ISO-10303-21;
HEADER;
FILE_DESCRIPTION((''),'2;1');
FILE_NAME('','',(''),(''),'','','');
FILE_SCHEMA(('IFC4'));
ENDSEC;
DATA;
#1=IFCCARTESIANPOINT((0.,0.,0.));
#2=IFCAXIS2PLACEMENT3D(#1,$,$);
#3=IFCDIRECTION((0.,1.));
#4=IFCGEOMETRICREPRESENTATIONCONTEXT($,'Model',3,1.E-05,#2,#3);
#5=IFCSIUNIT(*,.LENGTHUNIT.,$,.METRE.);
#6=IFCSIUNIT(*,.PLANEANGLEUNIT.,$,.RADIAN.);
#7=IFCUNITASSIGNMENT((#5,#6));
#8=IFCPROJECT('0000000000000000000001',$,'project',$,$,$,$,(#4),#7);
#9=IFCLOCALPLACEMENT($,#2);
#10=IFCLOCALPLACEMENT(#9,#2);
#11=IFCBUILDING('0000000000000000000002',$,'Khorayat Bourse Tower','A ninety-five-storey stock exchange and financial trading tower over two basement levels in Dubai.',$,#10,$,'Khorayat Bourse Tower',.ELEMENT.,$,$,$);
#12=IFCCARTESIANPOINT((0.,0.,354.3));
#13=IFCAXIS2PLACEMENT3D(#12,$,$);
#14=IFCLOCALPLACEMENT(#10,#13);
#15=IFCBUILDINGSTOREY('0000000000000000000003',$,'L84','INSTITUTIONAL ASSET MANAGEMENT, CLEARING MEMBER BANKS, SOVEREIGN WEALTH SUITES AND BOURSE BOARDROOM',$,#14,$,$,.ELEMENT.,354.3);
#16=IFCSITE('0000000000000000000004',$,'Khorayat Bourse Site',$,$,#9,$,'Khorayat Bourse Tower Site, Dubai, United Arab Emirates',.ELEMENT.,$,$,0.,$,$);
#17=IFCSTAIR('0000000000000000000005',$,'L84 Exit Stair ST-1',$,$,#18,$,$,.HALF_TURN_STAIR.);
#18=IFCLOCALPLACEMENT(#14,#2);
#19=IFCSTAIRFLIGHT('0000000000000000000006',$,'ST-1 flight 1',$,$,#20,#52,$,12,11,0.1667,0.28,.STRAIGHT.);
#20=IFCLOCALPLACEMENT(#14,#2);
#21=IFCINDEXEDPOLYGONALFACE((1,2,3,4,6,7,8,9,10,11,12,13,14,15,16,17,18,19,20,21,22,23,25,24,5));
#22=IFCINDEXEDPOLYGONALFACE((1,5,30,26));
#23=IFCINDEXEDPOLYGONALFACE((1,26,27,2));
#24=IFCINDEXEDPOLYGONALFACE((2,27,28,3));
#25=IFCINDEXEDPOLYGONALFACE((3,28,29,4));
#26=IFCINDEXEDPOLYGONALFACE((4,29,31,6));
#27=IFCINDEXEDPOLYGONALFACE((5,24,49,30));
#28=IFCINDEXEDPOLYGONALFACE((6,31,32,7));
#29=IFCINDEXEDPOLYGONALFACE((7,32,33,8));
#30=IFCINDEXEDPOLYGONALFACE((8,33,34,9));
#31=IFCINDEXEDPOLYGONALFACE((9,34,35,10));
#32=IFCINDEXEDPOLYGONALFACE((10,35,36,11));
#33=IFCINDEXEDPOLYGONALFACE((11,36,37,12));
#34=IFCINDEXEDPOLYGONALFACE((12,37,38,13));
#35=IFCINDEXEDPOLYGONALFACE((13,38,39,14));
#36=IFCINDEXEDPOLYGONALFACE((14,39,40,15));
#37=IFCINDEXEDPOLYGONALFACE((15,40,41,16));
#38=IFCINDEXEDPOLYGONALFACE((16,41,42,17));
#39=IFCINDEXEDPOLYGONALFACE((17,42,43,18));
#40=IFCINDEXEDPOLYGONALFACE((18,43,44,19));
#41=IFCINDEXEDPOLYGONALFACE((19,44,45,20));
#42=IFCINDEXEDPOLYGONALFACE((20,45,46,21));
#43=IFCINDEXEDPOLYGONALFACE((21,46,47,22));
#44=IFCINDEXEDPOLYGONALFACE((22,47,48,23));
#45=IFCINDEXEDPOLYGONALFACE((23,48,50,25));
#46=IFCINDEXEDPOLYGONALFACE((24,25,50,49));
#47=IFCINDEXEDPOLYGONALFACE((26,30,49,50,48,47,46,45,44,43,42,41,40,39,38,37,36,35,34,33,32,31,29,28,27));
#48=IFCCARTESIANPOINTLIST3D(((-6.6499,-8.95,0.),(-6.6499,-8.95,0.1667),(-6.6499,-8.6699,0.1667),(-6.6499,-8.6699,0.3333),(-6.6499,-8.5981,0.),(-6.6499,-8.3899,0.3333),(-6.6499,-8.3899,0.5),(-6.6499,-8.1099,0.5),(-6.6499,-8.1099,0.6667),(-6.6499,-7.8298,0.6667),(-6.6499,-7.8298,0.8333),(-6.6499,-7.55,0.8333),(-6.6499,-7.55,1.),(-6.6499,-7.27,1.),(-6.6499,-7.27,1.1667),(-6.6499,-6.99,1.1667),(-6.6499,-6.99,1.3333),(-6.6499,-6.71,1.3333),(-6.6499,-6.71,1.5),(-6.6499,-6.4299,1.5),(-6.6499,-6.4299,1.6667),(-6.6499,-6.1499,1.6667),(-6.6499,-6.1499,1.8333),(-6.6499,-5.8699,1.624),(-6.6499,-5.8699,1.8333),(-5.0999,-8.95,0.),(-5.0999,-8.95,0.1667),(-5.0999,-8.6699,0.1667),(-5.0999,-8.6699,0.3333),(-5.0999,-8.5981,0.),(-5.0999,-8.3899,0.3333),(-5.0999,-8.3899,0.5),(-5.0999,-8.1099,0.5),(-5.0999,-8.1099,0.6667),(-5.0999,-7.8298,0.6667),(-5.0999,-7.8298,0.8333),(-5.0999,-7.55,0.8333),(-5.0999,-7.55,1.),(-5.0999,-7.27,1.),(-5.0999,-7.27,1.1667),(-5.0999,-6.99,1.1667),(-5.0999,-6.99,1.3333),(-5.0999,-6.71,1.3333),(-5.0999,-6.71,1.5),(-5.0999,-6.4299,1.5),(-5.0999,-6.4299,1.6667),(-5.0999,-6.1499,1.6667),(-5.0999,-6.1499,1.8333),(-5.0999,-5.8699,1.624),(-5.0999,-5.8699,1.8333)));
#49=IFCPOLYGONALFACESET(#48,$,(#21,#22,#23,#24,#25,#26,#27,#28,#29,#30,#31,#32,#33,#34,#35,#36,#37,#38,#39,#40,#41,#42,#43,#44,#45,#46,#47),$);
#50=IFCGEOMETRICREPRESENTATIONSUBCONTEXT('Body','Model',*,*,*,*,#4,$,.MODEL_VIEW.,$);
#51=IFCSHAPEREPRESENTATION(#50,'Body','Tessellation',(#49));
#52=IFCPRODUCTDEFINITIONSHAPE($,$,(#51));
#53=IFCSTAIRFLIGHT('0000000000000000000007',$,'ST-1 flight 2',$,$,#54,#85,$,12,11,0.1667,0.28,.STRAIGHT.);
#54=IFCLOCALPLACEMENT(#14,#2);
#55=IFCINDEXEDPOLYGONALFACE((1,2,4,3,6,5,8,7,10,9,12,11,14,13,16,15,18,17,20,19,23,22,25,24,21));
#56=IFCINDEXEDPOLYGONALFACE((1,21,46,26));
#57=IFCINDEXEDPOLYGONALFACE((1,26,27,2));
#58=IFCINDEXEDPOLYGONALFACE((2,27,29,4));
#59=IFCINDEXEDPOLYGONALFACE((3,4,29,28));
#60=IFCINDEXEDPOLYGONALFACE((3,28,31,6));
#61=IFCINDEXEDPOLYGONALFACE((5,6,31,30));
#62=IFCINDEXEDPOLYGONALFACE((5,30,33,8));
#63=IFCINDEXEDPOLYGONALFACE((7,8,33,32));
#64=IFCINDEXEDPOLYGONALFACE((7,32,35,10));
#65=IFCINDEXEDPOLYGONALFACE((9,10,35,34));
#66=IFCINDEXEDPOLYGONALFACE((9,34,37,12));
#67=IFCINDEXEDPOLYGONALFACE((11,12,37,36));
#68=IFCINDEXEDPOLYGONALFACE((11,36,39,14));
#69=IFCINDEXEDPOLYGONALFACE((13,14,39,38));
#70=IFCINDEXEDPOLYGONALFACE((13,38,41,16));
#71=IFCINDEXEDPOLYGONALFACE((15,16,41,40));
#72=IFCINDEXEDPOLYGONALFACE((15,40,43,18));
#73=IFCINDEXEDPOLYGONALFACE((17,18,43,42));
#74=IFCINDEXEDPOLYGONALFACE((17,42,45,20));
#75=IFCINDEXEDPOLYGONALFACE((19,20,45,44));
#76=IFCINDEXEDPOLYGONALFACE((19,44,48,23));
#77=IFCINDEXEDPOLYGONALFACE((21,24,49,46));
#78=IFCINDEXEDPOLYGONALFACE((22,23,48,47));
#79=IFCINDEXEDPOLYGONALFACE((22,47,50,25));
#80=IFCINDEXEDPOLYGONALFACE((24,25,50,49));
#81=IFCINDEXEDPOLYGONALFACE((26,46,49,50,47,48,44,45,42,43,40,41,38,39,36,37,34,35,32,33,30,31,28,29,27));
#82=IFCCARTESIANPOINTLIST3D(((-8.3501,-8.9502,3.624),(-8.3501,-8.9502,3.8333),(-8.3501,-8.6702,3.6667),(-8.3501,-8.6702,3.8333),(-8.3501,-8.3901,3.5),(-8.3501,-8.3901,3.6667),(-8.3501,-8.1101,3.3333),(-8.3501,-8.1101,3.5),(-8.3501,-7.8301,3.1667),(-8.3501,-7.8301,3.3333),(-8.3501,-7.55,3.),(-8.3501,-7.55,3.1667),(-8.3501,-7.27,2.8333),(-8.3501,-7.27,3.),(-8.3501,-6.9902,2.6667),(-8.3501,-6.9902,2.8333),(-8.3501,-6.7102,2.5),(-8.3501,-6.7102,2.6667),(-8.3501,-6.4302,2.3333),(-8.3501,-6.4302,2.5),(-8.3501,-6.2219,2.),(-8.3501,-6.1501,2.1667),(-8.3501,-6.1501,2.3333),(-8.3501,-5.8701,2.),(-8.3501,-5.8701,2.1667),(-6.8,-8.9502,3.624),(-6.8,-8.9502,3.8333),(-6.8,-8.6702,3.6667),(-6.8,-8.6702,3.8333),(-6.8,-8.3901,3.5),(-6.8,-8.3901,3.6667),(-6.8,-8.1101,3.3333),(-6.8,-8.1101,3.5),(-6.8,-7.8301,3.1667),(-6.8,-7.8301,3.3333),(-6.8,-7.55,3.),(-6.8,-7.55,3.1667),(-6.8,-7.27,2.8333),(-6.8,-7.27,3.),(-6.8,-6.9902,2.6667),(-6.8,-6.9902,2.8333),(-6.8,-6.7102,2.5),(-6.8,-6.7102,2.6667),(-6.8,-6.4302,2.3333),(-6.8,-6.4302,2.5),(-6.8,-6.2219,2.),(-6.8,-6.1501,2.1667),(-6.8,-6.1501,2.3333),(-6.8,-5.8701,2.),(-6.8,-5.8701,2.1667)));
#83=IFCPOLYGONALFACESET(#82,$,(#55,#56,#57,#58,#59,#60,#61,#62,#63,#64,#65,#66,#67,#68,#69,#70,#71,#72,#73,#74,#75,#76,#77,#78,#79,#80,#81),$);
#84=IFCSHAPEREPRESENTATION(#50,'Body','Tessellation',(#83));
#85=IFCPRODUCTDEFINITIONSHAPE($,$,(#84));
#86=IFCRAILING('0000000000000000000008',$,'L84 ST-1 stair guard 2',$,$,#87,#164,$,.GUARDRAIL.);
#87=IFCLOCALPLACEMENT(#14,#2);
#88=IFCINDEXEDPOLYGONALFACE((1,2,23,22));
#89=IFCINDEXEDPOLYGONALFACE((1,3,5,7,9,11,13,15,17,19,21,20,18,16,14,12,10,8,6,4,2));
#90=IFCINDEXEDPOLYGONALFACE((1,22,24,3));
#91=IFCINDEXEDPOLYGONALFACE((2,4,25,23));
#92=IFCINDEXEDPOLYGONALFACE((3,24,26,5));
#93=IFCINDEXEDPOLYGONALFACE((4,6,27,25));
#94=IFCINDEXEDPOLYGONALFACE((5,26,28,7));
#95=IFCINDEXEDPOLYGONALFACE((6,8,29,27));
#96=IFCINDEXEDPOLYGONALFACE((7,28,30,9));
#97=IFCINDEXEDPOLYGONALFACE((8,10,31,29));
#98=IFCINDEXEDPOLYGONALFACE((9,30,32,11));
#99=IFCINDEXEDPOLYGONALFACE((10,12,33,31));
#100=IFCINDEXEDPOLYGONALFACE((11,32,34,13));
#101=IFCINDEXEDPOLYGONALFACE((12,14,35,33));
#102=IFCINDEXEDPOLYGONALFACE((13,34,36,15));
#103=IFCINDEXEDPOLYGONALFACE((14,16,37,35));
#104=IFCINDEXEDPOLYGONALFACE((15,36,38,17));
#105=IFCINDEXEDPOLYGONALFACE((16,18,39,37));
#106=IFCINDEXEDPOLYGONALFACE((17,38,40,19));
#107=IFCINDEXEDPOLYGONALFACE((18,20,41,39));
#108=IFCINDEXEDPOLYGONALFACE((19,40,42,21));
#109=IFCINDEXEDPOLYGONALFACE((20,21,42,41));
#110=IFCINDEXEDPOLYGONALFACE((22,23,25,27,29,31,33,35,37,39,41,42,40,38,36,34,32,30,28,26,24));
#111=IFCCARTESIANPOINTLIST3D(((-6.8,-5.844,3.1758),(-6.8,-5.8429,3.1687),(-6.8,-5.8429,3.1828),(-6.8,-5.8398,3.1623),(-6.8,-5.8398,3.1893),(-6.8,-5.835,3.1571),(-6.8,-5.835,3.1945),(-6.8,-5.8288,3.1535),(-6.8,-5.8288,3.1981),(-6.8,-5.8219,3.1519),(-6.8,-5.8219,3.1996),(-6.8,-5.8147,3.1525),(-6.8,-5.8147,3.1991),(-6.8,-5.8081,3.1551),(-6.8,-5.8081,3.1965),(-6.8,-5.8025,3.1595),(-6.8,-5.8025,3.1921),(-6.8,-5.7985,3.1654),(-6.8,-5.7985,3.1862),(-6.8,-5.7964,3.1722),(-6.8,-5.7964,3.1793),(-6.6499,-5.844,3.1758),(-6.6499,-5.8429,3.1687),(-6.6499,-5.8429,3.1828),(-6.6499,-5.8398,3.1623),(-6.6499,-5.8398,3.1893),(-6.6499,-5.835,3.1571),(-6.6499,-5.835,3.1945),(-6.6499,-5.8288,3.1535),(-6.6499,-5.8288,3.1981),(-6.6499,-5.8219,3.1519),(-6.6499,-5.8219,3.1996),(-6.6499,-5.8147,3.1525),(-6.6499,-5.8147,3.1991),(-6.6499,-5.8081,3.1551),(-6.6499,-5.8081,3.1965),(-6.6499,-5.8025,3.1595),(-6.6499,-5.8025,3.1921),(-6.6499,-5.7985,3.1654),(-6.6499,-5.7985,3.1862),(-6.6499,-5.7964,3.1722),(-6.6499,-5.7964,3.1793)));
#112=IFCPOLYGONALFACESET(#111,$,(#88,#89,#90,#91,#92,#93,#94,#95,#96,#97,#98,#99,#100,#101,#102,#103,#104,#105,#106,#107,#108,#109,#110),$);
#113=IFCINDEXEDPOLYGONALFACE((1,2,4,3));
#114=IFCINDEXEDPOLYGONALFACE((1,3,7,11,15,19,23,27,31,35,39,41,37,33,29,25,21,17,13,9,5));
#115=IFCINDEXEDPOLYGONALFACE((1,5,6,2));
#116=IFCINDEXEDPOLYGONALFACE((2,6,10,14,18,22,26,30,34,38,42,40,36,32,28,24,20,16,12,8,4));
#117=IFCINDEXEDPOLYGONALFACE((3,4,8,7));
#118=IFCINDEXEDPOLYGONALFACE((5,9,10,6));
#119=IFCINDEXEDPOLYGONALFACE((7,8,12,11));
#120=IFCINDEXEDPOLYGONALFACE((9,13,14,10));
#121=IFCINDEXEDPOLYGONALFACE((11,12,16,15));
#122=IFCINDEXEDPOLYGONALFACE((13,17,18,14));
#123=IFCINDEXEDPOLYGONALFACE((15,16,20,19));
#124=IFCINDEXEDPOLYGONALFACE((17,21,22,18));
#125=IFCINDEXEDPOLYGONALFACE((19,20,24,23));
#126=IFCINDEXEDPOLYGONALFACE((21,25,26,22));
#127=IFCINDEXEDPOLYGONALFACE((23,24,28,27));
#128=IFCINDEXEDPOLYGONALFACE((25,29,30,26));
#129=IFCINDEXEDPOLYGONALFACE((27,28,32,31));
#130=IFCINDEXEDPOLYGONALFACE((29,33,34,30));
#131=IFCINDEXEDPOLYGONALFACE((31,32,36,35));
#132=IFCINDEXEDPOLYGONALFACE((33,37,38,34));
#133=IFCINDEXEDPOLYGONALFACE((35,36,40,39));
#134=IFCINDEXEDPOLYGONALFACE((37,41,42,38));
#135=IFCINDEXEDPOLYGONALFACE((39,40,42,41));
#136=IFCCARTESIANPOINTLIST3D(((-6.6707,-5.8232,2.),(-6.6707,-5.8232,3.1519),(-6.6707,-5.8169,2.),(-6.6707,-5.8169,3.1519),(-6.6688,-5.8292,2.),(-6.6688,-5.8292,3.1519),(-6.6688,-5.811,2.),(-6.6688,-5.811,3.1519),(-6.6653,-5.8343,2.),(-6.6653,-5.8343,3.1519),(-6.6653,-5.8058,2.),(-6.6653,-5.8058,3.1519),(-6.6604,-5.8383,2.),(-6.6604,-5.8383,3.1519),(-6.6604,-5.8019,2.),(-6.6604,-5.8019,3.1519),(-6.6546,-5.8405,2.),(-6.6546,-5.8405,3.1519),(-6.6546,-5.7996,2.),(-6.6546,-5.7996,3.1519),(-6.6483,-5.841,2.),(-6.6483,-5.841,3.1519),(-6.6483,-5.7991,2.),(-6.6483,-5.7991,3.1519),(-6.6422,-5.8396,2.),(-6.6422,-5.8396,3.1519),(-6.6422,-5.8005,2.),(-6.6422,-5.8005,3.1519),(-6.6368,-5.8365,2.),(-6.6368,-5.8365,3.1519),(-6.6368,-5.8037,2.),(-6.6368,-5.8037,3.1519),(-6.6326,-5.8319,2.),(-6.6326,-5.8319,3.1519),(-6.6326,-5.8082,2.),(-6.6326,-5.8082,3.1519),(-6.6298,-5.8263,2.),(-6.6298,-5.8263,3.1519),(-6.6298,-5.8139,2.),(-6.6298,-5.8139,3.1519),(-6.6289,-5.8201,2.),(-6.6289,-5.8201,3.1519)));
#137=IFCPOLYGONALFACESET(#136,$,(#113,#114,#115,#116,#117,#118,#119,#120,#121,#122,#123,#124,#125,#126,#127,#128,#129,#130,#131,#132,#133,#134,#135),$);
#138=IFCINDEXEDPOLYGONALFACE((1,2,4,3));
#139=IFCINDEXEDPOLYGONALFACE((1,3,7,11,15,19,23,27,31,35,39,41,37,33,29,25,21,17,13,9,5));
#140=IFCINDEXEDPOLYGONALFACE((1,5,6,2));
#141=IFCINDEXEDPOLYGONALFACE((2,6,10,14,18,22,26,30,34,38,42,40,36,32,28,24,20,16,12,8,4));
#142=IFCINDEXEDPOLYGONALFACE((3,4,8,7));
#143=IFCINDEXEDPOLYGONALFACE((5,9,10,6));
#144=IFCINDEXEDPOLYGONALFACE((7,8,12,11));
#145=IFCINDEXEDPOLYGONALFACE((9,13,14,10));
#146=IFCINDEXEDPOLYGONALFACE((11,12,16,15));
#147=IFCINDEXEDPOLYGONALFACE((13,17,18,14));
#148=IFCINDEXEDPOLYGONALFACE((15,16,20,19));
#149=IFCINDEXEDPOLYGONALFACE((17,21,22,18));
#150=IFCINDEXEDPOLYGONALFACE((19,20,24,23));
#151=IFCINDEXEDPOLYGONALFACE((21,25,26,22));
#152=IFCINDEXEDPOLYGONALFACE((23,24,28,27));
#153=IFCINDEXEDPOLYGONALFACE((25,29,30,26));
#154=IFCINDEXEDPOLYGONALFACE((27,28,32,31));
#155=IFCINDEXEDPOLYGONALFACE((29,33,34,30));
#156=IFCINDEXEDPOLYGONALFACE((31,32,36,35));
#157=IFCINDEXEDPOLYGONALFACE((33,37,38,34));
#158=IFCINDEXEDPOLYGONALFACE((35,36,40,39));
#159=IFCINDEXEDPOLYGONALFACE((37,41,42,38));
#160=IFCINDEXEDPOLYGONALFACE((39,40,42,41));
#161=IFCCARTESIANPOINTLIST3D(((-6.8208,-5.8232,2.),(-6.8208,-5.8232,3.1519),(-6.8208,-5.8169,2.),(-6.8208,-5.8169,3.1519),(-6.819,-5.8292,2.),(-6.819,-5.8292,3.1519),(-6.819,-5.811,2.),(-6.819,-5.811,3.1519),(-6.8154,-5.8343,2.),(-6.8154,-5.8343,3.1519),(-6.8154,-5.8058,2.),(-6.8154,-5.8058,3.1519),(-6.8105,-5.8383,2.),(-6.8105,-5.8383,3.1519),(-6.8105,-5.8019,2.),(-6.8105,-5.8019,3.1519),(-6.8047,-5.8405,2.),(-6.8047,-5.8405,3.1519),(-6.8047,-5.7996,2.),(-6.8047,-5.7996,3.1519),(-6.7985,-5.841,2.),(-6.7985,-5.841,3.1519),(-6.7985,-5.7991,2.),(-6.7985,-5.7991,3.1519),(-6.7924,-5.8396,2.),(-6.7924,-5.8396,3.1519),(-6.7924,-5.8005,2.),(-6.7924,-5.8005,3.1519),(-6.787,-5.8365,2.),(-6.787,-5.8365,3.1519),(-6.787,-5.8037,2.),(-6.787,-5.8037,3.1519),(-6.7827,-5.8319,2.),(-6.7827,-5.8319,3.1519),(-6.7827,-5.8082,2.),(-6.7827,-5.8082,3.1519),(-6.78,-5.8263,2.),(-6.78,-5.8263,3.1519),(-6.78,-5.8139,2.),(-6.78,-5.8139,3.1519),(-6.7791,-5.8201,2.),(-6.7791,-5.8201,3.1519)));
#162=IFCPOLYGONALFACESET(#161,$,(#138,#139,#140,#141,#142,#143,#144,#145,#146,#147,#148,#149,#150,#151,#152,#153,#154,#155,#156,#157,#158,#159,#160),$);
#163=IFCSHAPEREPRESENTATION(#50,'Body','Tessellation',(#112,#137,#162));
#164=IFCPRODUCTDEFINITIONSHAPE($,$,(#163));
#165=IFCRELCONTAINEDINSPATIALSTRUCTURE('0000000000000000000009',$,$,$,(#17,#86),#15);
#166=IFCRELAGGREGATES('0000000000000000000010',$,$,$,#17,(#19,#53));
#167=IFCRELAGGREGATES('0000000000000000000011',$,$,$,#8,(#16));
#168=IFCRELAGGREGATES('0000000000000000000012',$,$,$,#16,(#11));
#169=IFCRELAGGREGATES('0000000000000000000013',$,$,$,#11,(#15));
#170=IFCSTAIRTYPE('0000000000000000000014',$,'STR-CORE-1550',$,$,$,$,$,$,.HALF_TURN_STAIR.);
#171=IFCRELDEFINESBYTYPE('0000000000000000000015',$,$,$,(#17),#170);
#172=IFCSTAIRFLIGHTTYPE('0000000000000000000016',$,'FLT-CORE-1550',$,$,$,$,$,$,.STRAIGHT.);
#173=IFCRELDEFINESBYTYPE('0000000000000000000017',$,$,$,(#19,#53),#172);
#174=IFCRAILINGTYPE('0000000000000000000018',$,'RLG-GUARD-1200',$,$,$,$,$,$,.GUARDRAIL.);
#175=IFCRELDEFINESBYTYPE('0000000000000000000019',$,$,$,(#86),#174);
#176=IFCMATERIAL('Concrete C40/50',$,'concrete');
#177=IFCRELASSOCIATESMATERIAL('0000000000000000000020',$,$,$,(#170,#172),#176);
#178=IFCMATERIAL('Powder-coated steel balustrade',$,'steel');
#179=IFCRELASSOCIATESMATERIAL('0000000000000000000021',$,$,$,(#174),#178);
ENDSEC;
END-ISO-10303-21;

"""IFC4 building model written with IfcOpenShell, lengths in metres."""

from ifc_helpers import new_model, si_unit, direction, frame, origin, origin_2d, place, context, subcontext, project, spatial, polyline, circle, outline, extrude, source, transform, mapped, material, type_object, element, aggregate, save


model = new_model("IFC4")

# Units and contexts
model_context = context("Model", 3, precision=1e-05, world=origin(), true_north=direction((0.0, 1.0)))
body_context = subcontext(model_context, "Body", "Model", "MODEL_VIEW")
ifc_project = project(units=[si_unit("LENGTHUNIT", "METRE"), si_unit("PLANEANGLEUNIT", "RADIAN")], contexts=[model_context])

# Site, building, storey
site_placement = place(None, origin())
site = spatial("IfcSite", under=ifc_project, at=site_placement, Name="Khorayat Bourse Site", LongName="Khorayat Bourse Tower Site, Dubai, United Arab Emirates", CompositionType="ELEMENT", RefElevation=0.0)
building_placement = place(site_placement, origin())
building = spatial("IfcBuilding", under=site, at=building_placement, Name="Khorayat Bourse Tower", Description="A ninety-five-storey stock exchange and financial trading tower over two basement levels in Dubai.", LongName="Khorayat Bourse Tower", CompositionType="ELEMENT")
storey_placement = place(building_placement, frame((0.0, 0.0, 354.3)))
storey = spatial("IfcBuildingStorey", under=building, at=storey_placement, Name="L84", Description="INSTITUTIONAL ASSET MANAGEMENT, CLEARING MEMBER BANKS, SOVEREIGN WEALTH SUITES AND BOURSE BOARDROOM", CompositionType="ELEMENT", Elevation=354.3)

# Stair, stair flights
ifc_material_1 = material(Name="Concrete C40/50", Category="concrete")
stair_type = type_object("IfcStairType", Name="STR-CORE-1550", PredefinedType="HALF_TURN_STAIR", material=ifc_material_1)
stair_placement = place(storey_placement, origin())
stair = element("IfcStair", 1, at=stair_placement, inside=storey, type_object=stair_type, Name="L84 Exit Stair ST-1", PredefinedType="HALF_TURN_STAIR")
stair_flight_type = type_object("IfcStairFlightType", Name="FLT-CORE-1550", PredefinedType="STRAIGHT", material=ifc_material_1)
shared_shape_1 = source(origin(), body_context, "Body", "SweptSolid", [
    extrude(outline(polyline([(0.0, 0.0), (0.0, 0.1667), (0.28, 0.1667), (0.28, 0.3333), (0.5601, 0.3333), (0.5601, 0.5), (0.8401, 0.5), (0.8401, 0.6667), (1.1201, 0.6667), (1.1201, 0.8333), (1.3999, 0.8333), (1.3999, 1.0), (1.6799, 1.0), (1.6799, 1.1667), (1.96, 1.1667), (1.96, 1.3333), (2.24, 1.3333), (2.24, 1.5), (2.52, 1.5), (2.52, 1.6667), (2.8, 1.6667), (2.8, 1.8333), (3.0801, 1.8333), (3.0801, 2.0), (3.0801, 1.624), (0.3518, 0.0), (0.0, 0.0)])), frame((0.0, 0.7749, 0.0), z_axis=(0.0, -1.0, 0.0), x_axis=(1.0, 0.0, 0.0)), (0.0, 0.0, 1.0), 1.55),
])
stair_flight_1_placement = place(storey_placement, frame((-5.875, -8.95, 0.0), z_axis=(0.0, 0.0, 1.0), x_axis=(0.0, 1.0, 0.0)))
stair_flight_1 = element("IfcStairFlight", 2, at=stair_flight_1_placement, type_object=stair_flight_type, Name="ST-1 flight 1", NumberOfRisers=12, NumberOfTreads=11, PredefinedType="STRAIGHT", RiserHeight=0.1667, TreadLength=0.28, context=body_context, shape_type="MappedRepresentation", body=[
    mapped(shared_shape_1, transform((0.0, 0.0, 0.0), scale=1.0)),
])
stair_flight_2_placement = place(storey_placement, frame((-7.575, -5.8701, 2.0), z_axis=(0.0, 0.0, 1.0), x_axis=(0.0, -1.0, 0.0)))
stair_flight_2 = element("IfcStairFlight", 3, at=stair_flight_2_placement, type_object=stair_flight_type, Name="ST-1 flight 2", NumberOfRisers=12, NumberOfTreads=11, PredefinedType="STRAIGHT", RiserHeight=0.1667, TreadLength=0.28, context=body_context, shape_type="MappedRepresentation", body=[
    mapped(shared_shape_1, transform((0.0, 0.0, 0.0), scale=1.0)),
])
aggregate(stair, [stair_flight_1, stair_flight_2])

# Railing
ifc_material_2 = material(Name="Powder-coated steel balustrade", Category="steel")
railing_type_1 = type_object("IfcRailingType", Name="RLG-GUARD-1200", PredefinedType="GUARDRAIL", material=ifc_material_2)
shared_shape_2 = source(origin(), body_context, "Body", "SweptSolid", [
    extrude(circle(Radius=0.0239, at=origin_2d()), frame((0.0, 0.0, 1.1758), z_axis=(-1.0, 0.0, 0.0), x_axis=(0.0, -1.0, 0.0)), (0.0, 0.0, 1.0), 0.1501),
    extrude(circle(Radius=0.021, at=origin_2d()), origin(), (0.0, 0.0, 1.0), 1.1519),
    extrude(circle(Radius=0.021, at=origin_2d()), frame((-0.1501, 0.0, 0.0)), (0.0, 0.0, 1.0), 1.1519),
])
for number, where, name in (
    (4, (-6.6499, -5.8201, 2.0), "L84 ST-1 stair guard 2"),
):
    element("IfcRailing", number, at=place(storey_placement, frame(where)), inside=storey, type_object=railing_type_1, Name=name, PredefinedType="GUARDRAIL", context=body_context, shape_type="MappedRepresentation", body=[
        mapped(shared_shape_2, transform((0.0, 0.0, 0.0), scale=1.0)),
    ])

save(model, "model.ifc")
